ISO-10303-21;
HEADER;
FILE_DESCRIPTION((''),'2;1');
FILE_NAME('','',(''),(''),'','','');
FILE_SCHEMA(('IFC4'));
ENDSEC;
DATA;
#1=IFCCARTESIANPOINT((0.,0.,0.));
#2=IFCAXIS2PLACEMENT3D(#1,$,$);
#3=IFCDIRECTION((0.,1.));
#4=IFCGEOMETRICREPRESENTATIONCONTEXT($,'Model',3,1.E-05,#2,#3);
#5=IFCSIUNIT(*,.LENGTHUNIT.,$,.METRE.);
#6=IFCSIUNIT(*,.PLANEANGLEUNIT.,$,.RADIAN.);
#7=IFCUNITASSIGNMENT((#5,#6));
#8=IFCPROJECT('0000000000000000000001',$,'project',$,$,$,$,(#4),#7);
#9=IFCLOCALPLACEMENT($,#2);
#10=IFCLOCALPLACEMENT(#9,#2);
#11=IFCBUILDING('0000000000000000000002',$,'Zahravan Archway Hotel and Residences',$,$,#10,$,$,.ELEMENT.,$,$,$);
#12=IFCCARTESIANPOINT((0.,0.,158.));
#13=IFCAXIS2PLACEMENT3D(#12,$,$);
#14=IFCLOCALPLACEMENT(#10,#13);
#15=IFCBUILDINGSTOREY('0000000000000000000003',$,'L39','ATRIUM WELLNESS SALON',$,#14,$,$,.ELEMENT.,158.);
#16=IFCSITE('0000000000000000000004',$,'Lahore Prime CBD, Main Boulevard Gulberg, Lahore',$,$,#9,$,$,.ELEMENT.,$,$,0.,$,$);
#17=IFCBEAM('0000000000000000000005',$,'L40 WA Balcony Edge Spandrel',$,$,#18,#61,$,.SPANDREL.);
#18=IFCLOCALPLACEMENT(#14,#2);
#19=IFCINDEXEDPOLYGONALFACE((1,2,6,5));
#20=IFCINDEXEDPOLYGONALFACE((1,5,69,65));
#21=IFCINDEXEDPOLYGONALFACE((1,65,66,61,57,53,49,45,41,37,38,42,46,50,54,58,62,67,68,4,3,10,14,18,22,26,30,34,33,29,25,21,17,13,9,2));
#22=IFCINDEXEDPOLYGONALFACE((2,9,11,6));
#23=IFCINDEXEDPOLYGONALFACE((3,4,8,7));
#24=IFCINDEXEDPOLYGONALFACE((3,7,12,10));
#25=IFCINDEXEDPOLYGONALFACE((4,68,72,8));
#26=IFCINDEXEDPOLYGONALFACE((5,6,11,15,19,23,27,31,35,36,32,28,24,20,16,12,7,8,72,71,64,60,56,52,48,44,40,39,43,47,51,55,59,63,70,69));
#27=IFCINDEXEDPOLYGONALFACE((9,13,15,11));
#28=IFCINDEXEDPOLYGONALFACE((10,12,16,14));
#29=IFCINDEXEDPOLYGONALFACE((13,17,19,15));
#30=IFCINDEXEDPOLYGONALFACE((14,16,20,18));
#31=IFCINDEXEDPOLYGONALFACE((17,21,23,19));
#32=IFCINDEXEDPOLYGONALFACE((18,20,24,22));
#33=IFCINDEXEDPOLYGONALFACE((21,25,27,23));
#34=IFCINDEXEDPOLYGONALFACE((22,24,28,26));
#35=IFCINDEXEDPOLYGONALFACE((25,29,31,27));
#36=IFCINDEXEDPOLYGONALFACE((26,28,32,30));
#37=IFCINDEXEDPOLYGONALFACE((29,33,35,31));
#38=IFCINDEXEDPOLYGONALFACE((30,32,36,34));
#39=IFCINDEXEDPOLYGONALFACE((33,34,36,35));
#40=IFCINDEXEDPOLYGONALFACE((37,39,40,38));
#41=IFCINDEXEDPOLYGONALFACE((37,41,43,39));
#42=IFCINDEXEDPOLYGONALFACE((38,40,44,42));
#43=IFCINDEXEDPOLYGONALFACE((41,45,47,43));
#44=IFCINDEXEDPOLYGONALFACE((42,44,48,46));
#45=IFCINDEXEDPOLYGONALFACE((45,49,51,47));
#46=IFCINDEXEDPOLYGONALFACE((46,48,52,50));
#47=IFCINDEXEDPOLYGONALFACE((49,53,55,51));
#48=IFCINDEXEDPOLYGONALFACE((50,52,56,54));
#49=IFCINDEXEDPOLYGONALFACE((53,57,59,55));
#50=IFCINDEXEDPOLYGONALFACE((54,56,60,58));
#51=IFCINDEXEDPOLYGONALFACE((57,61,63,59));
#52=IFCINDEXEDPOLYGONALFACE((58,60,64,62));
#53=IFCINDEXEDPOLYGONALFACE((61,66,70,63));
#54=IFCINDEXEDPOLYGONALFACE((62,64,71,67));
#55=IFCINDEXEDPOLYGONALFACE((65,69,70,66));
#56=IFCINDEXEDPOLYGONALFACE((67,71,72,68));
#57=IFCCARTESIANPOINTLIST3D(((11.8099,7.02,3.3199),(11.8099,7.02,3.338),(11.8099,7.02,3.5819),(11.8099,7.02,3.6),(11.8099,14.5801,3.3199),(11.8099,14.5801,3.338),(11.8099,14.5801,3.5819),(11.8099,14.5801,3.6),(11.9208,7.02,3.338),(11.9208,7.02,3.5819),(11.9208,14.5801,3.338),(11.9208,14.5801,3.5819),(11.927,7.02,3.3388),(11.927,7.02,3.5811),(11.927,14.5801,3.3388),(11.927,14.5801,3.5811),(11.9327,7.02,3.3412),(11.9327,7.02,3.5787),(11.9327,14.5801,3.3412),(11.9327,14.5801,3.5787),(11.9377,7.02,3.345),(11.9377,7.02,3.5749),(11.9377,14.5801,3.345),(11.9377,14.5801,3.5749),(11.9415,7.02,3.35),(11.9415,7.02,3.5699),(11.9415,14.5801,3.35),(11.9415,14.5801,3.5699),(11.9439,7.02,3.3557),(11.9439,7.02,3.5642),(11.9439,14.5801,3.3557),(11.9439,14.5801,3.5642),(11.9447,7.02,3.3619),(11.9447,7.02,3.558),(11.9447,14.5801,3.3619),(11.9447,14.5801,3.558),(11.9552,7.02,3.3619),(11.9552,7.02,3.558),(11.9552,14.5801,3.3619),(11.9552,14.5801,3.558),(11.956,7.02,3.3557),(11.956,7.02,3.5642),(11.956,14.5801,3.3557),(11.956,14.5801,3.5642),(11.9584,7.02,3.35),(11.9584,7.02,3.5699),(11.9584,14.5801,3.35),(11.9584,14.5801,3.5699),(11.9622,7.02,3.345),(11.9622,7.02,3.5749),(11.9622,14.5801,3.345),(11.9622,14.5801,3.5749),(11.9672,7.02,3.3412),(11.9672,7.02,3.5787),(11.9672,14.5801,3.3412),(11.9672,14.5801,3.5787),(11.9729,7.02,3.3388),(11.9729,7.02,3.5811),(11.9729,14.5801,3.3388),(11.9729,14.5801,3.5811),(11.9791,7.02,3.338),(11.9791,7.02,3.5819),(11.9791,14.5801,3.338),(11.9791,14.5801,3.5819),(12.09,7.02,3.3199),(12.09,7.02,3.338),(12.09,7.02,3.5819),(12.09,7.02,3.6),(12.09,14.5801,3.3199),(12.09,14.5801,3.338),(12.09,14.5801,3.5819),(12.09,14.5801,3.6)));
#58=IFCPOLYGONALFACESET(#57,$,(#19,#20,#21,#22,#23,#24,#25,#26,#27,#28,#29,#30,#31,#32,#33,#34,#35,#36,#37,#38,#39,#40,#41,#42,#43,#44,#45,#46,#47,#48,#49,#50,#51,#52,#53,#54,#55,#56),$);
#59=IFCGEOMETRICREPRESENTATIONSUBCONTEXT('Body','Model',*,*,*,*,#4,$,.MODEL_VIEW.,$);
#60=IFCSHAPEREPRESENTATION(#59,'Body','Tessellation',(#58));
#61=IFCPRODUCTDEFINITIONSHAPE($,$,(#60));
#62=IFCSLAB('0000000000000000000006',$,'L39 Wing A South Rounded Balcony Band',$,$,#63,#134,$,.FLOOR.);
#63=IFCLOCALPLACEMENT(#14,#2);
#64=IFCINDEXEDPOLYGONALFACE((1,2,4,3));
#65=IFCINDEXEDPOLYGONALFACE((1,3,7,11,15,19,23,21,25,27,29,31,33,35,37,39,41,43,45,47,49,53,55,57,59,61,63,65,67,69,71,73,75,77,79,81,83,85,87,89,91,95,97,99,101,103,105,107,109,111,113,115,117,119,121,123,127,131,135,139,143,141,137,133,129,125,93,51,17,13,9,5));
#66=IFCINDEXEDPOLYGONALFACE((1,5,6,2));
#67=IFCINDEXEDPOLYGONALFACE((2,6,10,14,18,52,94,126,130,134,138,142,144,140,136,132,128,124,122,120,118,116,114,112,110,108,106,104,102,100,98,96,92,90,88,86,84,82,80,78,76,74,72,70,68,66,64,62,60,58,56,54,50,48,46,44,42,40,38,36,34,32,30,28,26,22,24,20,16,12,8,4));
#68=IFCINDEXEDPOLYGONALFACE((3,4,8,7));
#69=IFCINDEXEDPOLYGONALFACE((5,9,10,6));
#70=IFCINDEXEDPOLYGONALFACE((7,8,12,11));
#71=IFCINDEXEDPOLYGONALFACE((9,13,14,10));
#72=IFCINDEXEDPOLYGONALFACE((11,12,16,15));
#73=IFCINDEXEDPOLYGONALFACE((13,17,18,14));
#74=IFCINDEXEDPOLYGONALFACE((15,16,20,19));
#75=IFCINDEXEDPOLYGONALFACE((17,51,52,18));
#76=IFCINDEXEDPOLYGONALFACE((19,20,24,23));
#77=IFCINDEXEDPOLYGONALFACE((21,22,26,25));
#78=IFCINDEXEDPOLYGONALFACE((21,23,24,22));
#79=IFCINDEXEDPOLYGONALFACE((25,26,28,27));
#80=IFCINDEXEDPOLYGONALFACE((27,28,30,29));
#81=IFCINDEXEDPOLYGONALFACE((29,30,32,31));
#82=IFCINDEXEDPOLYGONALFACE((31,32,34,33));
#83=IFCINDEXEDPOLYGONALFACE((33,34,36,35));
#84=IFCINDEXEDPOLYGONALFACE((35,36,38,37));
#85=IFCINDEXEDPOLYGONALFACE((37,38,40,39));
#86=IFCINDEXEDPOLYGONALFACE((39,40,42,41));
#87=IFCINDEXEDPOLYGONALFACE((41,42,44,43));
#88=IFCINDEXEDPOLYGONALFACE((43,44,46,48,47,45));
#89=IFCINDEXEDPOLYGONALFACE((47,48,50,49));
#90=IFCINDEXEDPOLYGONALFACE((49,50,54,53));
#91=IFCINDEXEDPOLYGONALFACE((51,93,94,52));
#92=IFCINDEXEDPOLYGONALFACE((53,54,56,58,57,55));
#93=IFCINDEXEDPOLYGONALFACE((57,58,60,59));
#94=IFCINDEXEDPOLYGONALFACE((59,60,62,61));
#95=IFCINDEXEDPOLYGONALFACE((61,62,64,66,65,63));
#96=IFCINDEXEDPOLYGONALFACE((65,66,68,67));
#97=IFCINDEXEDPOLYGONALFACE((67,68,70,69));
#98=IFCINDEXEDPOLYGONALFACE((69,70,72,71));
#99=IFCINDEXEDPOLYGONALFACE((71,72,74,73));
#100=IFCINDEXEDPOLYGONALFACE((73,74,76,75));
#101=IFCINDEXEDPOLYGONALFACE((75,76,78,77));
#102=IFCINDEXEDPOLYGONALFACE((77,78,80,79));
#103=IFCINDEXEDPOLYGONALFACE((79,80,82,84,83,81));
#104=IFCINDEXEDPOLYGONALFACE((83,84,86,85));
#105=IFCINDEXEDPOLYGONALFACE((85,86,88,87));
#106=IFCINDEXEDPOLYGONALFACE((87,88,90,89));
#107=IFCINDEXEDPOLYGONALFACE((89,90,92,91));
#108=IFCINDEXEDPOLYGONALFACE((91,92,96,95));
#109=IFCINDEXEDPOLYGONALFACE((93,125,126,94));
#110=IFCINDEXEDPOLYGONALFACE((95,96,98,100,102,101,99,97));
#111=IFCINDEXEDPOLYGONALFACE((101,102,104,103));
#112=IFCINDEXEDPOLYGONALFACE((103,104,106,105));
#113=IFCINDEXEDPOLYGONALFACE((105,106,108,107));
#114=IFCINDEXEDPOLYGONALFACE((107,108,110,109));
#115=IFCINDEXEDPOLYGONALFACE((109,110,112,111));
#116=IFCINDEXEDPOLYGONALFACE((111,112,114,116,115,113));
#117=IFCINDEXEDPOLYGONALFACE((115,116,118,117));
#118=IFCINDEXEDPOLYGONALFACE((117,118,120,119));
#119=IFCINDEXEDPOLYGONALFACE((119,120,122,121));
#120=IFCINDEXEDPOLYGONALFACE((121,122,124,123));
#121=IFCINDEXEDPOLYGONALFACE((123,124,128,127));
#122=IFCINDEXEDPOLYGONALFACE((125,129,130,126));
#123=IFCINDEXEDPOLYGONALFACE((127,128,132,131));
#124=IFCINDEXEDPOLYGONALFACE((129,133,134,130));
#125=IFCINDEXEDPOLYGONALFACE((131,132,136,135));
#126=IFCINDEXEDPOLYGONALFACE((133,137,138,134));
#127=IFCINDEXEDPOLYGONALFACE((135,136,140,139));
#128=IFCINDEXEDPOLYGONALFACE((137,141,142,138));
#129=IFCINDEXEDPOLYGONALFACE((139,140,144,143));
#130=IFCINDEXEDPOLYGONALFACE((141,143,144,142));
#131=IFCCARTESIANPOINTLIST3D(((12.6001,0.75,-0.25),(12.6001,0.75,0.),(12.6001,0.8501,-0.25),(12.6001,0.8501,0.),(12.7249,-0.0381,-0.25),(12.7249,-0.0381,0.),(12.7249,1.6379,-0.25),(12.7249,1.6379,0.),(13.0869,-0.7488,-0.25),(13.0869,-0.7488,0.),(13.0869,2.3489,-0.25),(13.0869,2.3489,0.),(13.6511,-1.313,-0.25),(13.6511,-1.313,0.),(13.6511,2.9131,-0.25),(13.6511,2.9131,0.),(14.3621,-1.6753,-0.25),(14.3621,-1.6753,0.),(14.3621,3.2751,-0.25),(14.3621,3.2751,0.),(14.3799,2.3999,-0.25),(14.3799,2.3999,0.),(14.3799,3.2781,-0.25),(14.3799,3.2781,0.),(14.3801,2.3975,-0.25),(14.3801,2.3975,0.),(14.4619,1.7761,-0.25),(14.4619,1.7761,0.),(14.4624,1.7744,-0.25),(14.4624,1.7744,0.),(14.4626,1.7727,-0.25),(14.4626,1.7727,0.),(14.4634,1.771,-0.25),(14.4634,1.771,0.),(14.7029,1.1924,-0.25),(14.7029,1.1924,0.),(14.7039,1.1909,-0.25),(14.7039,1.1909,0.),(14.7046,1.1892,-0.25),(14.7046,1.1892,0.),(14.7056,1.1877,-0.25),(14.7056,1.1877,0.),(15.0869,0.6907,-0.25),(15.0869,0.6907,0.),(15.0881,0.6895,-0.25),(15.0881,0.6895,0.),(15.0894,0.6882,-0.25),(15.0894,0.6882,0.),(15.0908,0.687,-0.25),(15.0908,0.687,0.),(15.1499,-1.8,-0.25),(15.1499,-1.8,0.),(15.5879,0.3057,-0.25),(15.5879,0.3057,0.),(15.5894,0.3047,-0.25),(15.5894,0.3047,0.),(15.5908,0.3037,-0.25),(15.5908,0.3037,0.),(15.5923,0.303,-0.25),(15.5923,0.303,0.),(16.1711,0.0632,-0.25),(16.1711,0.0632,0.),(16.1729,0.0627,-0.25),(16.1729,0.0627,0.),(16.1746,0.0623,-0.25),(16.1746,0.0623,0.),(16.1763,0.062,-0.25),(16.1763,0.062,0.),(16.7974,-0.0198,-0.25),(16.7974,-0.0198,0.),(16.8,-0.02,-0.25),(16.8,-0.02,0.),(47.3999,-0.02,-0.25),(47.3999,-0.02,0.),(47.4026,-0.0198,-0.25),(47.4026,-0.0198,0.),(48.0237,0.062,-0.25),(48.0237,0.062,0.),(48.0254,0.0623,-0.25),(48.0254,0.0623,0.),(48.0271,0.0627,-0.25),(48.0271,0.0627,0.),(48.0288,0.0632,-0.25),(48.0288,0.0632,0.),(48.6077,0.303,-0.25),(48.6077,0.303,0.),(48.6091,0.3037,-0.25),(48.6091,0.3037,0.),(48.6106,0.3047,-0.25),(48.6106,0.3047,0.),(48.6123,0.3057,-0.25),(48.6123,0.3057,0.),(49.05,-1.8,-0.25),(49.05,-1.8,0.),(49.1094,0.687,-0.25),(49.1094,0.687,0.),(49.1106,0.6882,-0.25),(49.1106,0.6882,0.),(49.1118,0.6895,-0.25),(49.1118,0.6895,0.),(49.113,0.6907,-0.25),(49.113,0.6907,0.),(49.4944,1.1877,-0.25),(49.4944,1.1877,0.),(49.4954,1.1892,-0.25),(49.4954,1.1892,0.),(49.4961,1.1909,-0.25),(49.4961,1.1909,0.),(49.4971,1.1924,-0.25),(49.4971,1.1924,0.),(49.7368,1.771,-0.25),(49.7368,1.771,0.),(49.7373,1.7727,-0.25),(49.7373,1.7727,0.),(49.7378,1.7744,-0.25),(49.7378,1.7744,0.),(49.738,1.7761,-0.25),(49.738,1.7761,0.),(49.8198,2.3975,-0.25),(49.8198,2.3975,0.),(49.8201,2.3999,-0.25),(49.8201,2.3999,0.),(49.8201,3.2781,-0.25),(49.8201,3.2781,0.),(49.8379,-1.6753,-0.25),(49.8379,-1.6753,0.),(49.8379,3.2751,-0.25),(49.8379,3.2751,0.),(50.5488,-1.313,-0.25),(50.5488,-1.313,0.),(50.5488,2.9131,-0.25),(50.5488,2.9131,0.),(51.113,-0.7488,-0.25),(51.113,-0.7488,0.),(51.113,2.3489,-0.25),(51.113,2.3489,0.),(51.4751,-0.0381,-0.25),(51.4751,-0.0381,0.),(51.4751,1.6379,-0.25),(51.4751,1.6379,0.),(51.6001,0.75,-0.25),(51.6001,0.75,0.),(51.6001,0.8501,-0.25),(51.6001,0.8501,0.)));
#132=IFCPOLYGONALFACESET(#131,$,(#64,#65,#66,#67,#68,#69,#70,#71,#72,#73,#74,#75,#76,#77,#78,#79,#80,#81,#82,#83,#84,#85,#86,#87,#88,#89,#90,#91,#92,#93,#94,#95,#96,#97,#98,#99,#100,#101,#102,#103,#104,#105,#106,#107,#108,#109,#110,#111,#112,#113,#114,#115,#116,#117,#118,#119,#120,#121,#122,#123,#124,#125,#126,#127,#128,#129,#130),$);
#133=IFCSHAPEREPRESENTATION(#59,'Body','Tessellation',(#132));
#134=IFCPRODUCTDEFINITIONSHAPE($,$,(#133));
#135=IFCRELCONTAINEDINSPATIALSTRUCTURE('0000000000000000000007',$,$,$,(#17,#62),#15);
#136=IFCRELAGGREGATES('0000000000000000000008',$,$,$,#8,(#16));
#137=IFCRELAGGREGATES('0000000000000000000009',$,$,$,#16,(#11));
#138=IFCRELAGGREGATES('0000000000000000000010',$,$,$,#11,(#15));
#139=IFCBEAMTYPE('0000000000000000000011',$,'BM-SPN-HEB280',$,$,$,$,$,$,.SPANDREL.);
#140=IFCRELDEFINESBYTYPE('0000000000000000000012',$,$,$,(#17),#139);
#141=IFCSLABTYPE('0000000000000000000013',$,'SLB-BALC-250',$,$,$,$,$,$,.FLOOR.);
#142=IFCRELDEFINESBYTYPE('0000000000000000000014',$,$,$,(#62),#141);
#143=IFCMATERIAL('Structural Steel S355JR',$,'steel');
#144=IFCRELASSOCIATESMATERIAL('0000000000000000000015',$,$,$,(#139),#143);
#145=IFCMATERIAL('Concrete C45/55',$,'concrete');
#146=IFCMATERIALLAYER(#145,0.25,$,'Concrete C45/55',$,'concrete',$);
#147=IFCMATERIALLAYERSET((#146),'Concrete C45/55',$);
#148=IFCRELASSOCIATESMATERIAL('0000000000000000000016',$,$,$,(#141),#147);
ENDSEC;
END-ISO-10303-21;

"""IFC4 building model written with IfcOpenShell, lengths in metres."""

from ifc_helpers import new_model, si_unit, direction, frame, origin, origin_2d, place, context, subcontext, project, spatial, polyline, i_section, outline, extrude, source, transform, mapped, material, layer, layer_set, material_profile, profile_set, type_object, type_shapes, element, save


model = new_model("IFC4")

# Units and contexts
model_context = context("Model", 3, precision=1e-05, world=origin(), true_north=direction((0.0, 1.0)))
body_context = subcontext(model_context, "Body", "Model", "MODEL_VIEW")
ifc_project = project(units=[si_unit("LENGTHUNIT", "METRE"), si_unit("PLANEANGLEUNIT", "RADIAN")], contexts=[model_context])

# Site, building, storey
site_placement = place(None, origin())
site = spatial("IfcSite", under=ifc_project, at=site_placement, Name="Lahore Prime CBD, Main Boulevard Gulberg, Lahore", CompositionType="ELEMENT", RefElevation=0.0)
building_placement = place(site_placement, origin())
building = spatial("IfcBuilding", under=site, at=building_placement, Name="Zahravan Archway Hotel and Residences", CompositionType="ELEMENT")
storey_placement = place(building_placement, frame((0.0, 0.0, 158.0)))
storey = spatial("IfcBuildingStorey", under=building, at=storey_placement, Name="L39", Description="ATRIUM WELLNESS SALON", CompositionType="ELEMENT", Elevation=158.0)

# Beam
ifc_material_1 = material(Name="Structural Steel S355JR", Category="steel")
ifc_material_profile = material_profile(ifc_material_1, i_section(OverallWidth=0.28, OverallDepth=0.28, WebThickness=0.0105, FlangeThickness=0.0181, FilletRadius=0.0239, at=origin_2d()), Name="HEB 280", Category="steel")
ifc_profile_set = profile_set([ifc_material_profile], Name="Structural Steel S355JR")
beam_type = type_object("IfcBeamType", Name="BM-SPN-HEB280", PredefinedType="SPANDREL", material=ifc_profile_set)
shared_shape = source(origin(), body_context, "Body", "SweptSolid", [
    extrude(i_section(OverallWidth=0.28, OverallDepth=0.28, WebThickness=0.0105, FlangeThickness=0.0181, FilletRadius=0.0239, at=origin_2d()), origin(), (0.0, 0.0, 1.0), 7.5601),
])
type_shapes(beam_type, [shared_shape])
beam_placement = place(storey_placement, frame((11.95, 7.02, 3.46), z_axis=(0.0, 1.0, 0.0), x_axis=(-1.0, 0.0, 0.0)))
element("IfcBeam", 1, at=beam_placement, inside=storey, type_object=beam_type, Name="L40 WA Balcony Edge Spandrel", PredefinedType="SPANDREL", context=body_context, shape_type="MappedRepresentation", body=[
    mapped(shared_shape, transform((0.0, 0.0, 0.0), scale=1.0)),
])

# Slab
ifc_material_2 = material(Name="Concrete C45/55", Category="concrete")
ifc_layer_1 = layer(ifc_material_2, 0.25, Name="Concrete C45/55", Category="concrete")
ifc_layer_set_1 = layer_set([ifc_layer_1], Name="Concrete C45/55")
slab_type_1 = type_object("IfcSlabType", Name="SLB-BALC-250", PredefinedType="FLOOR", material=ifc_layer_set_1)
slab_1_placement = place(storey_placement, frame((0.0, 0.0, -0.25)))
element("IfcSlab", 2, at=slab_1_placement, inside=storey, type_object=slab_type_1, Name="L39 Wing A South Rounded Balcony Band", PredefinedType="FLOOR", context=body_context, shape_type="SweptSolid", body=[
    extrude(outline(polyline([(49.8379, 3.2751), (50.5488, 2.9131), (51.113, 2.3489), (51.4751, 1.6379), (51.6001, 0.8501), (51.6001, 0.75), (51.4751, -0.0381), (51.113, -0.7488), (50.5488, -1.313), (49.8379, -1.6753), (49.05, -1.8), (15.1499, -1.8), (14.3621, -1.6753), (13.6511, -1.313), (13.0869, -0.7488), (12.7249, -0.0381), (12.6001, 0.75), (12.6001, 0.8501), (12.7249, 1.6379), (13.0869, 2.3489), (13.6511, 2.9131), (14.3621, 3.2751), (14.3799, 3.2781), (14.3799, 2.3999), (14.3801, 2.3975), (14.4619, 1.7761), (14.4624, 1.7744), (14.4626, 1.7727), (14.4634, 1.771), (14.7029, 1.1924), (14.7039, 1.1909), (14.7046, 1.1892), (14.7056, 1.1877), (15.0869, 0.6907), (15.0881, 0.6895), (15.0894, 0.6882), (15.0908, 0.687), (15.5879, 0.3057), (15.5894, 0.3047), (15.5908, 0.3037), (15.5923, 0.303), (16.1711, 0.0632), (16.1729, 0.0627), (16.1746, 0.0623), (16.1763, 0.062), (16.7974, -0.0198), (16.8, -0.02), (47.3999, -0.02), (47.4026, -0.0198), (48.0237, 0.062), (48.0254, 0.0623), (48.0271, 0.0627), (48.0288, 0.0632), (48.6077, 0.303), (48.6091, 0.3037), (48.6106, 0.3047), (48.6123, 0.3057), (49.1094, 0.687), (49.1106, 0.6882), (49.1118, 0.6895), (49.113, 0.6907), (49.4944, 1.1877), (49.4954, 1.1892), (49.4961, 1.1909), (49.4971, 1.1924), (49.7368, 1.771), (49.7373, 1.7727), (49.7378, 1.7744), (49.738, 1.7761), (49.8198, 2.3975), (49.8201, 2.3999), (49.8201, 3.2781), (49.8379, 3.2751)])), origin(), (0.0, 0.0, 1.0), 0.25),
])

save(model, "model.ifc")
